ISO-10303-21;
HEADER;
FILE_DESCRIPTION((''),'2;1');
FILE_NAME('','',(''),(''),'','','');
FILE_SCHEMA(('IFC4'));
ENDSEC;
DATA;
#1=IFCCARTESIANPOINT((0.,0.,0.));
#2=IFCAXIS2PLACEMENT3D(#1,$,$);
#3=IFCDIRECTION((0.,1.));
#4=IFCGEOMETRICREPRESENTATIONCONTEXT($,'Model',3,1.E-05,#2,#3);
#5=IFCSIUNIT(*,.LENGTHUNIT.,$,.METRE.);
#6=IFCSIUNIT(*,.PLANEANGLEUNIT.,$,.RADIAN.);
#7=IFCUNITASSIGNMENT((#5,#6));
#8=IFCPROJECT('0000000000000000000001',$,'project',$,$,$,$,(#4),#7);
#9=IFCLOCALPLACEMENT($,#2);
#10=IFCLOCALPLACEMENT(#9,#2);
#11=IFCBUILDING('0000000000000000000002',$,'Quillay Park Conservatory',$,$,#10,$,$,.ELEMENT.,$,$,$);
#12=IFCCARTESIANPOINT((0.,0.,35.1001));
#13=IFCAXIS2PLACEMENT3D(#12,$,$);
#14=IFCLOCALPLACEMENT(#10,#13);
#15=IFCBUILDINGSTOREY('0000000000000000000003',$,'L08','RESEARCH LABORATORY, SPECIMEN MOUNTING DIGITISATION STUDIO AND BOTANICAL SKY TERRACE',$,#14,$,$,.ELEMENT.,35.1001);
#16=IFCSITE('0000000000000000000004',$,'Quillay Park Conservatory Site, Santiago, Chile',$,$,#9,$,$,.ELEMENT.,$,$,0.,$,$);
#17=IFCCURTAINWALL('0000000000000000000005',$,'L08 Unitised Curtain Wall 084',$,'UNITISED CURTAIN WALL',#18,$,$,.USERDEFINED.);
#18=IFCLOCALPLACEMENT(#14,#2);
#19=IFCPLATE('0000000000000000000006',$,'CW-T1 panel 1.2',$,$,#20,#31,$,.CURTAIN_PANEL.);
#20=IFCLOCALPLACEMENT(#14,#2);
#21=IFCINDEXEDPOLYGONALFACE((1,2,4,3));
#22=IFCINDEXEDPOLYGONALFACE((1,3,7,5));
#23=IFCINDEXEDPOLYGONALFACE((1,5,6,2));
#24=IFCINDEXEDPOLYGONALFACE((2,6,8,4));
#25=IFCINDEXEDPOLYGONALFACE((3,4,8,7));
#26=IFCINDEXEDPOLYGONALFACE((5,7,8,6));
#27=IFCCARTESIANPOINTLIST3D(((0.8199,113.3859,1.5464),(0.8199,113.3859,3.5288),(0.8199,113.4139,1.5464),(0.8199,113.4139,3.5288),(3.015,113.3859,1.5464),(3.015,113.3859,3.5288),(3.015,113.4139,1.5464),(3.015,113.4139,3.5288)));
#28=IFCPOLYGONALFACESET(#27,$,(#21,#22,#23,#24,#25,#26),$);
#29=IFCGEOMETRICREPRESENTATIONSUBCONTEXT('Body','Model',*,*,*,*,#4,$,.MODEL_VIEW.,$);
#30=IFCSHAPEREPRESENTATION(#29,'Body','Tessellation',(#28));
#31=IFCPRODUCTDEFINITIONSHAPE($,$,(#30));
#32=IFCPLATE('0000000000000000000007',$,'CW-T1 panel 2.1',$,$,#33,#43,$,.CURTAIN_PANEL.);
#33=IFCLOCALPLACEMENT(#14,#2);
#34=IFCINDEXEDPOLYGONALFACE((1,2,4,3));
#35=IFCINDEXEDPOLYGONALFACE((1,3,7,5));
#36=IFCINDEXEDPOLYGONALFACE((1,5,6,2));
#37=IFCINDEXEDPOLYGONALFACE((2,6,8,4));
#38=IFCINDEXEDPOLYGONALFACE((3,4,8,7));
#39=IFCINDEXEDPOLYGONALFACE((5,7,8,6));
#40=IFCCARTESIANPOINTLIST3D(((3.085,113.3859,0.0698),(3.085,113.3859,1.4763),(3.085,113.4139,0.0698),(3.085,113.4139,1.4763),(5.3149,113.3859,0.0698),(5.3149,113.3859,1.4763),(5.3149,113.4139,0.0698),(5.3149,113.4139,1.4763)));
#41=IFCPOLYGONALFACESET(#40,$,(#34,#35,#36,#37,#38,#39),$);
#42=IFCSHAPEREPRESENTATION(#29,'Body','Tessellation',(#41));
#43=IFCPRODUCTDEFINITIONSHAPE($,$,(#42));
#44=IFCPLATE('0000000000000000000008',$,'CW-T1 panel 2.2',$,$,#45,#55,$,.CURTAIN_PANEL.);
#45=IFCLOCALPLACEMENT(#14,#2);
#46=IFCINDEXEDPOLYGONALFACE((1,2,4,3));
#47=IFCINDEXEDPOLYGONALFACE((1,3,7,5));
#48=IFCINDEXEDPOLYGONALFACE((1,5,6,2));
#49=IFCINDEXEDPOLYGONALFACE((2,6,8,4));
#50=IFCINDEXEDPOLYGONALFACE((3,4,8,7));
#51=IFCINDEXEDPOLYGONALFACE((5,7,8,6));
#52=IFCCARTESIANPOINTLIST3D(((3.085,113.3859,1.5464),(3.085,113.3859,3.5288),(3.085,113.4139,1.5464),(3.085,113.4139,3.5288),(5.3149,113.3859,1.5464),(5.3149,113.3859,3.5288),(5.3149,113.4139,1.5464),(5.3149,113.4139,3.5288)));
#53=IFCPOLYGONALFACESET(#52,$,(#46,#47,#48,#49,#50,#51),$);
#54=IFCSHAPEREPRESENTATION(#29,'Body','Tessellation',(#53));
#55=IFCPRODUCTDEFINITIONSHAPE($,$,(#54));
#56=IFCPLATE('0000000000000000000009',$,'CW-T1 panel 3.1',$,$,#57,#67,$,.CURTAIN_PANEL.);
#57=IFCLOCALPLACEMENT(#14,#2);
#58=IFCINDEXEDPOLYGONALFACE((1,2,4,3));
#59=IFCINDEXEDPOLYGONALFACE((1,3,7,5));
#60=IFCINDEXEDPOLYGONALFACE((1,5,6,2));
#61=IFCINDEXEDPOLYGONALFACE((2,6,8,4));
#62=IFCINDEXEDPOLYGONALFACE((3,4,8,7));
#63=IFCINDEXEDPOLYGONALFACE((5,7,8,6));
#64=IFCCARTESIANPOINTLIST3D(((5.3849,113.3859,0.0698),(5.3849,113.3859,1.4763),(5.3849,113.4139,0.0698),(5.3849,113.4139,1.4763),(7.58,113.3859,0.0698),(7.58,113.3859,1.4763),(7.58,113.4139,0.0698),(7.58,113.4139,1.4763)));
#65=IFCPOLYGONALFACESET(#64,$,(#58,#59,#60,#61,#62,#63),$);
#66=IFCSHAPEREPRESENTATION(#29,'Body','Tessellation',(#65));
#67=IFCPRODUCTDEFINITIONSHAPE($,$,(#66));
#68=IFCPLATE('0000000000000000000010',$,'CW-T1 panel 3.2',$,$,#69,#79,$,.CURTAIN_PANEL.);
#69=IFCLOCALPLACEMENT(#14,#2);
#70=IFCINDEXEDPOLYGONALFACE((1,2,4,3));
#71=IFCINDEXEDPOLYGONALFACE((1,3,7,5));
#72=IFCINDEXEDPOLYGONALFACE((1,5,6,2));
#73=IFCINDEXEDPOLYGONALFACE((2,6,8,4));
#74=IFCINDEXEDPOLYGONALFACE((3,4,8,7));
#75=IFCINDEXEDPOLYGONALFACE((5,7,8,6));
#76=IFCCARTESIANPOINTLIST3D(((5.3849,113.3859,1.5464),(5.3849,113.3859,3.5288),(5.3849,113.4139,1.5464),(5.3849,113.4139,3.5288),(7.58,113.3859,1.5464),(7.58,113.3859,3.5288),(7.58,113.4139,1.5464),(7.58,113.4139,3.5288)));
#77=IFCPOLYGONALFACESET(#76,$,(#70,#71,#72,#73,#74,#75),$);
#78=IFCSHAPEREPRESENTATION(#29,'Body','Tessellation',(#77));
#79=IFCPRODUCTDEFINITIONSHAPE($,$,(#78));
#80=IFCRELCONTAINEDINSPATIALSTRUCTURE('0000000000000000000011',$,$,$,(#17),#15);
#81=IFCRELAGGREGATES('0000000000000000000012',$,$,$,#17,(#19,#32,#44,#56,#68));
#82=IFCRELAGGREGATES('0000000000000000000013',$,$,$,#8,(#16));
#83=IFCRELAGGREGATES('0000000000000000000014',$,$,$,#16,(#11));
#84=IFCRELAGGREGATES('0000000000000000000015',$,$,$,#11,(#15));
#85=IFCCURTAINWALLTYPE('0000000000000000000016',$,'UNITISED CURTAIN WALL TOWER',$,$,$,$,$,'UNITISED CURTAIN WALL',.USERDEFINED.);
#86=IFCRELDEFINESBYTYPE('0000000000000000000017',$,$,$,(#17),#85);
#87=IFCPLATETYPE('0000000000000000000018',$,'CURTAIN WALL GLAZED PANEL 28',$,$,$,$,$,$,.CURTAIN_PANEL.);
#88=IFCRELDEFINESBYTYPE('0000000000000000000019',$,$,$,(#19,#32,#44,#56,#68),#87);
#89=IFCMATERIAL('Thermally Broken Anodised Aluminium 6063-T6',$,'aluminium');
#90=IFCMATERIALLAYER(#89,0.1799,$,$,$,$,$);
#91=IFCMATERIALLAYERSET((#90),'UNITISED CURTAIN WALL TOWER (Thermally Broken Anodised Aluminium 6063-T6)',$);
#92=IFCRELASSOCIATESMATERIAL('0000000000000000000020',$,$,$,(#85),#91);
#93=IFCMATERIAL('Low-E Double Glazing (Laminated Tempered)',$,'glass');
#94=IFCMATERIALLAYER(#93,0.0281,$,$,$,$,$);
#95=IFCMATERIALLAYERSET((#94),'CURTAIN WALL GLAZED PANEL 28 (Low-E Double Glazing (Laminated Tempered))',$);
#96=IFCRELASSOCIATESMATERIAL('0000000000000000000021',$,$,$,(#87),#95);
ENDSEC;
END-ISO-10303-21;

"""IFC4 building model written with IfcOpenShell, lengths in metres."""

from ifc_helpers import new_model, si_unit, direction, frame, origin, origin_2d, place, context, subcontext, project, spatial, rectangle, extrude, material, layer, layer_set, type_object, element, aggregate, save


model = new_model("IFC4")

# Units and contexts
model_context = context("Model", 3, precision=1e-05, world=origin(), true_north=direction((0.0, 1.0)))
body_context = subcontext(model_context, "Body", "Model", "MODEL_VIEW")
ifc_project = project(units=[si_unit("LENGTHUNIT", "METRE"), si_unit("PLANEANGLEUNIT", "RADIAN")], contexts=[model_context])

# Site, building, storey
site_placement = place(None, origin())
site = spatial("IfcSite", under=ifc_project, at=site_placement, Name="Quillay Park Conservatory Site, Santiago, Chile", CompositionType="ELEMENT", RefElevation=0.0)
building_placement = place(site_placement, origin())
building = spatial("IfcBuilding", under=site, at=building_placement, Name="Quillay Park Conservatory", CompositionType="ELEMENT")
storey_placement = place(building_placement, frame((0.0, 0.0, 35.1001)))
storey = spatial("IfcBuildingStorey", under=building, at=storey_placement, Name="L08", Description="RESEARCH LABORATORY, SPECIMEN MOUNTING DIGITISATION STUDIO AND BOTANICAL SKY TERRACE", CompositionType="ELEMENT", Elevation=35.1001)

# Curtain wall
ifc_material_1 = material(Name="Thermally Broken Anodised Aluminium 6063-T6", Category="aluminium")
ifc_layer_1 = layer(ifc_material_1, 0.1799)
ifc_layer_set_1 = layer_set([ifc_layer_1], Name="UNITISED CURTAIN WALL TOWER (Thermally Broken Anodised Aluminium 6063-T6)")
curtain_wall_type = type_object("IfcCurtainWallType", Name="UNITISED CURTAIN WALL TOWER", ElementType="UNITISED CURTAIN WALL", PredefinedType="USERDEFINED", material=ifc_layer_set_1)
curtain_wall_1_placement = place(storey_placement, origin())
curtain_wall_1 = element("IfcCurtainWall", 1, at=curtain_wall_1_placement, inside=storey, type_object=curtain_wall_type, Name="L08 Unitised Curtain Wall 084", ObjectType="UNITISED CURTAIN WALL", PredefinedType="USERDEFINED")

# Plates
ifc_material_2 = material(Name="Low-E Double Glazing (Laminated Tempered)", Category="glass")
ifc_layer_2 = layer(ifc_material_2, 0.0281)
ifc_layer_set_2 = layer_set([ifc_layer_2], Name="CURTAIN WALL GLAZED PANEL 28 (Low-E Double Glazing (Laminated Tempered))")
plate_type = type_object("IfcPlateType", Name="CURTAIN WALL GLAZED PANEL 28", PredefinedType="CURTAIN_PANEL", material=ifc_layer_set_2)
plate_1_placement = place(storey_placement, frame((1.9175, 113.3999, 1.5464), z_axis=(0.0, 0.0, 1.0), x_axis=(1.0, 0.0, 0.0)))
plate_1 = element("IfcPlate", 2, at=plate_1_placement, type_object=plate_type, Name="CW-T1 panel 1.2", PredefinedType="CURTAIN_PANEL", context=body_context, shape_type="SweptSolid", body=[
    extrude(rectangle(XDim=2.1951, YDim=0.0281, at=origin_2d()), origin(), (0.0, 0.0, 1.0), 1.9824),
])
plate_2_placement = place(storey_placement, frame((4.2, 113.3999, 0.0698), z_axis=(0.0, 0.0, 1.0), x_axis=(1.0, 0.0, 0.0)))
plate_2 = element("IfcPlate", 3, at=plate_2_placement, type_object=plate_type, Name="CW-T1 panel 2.1", PredefinedType="CURTAIN_PANEL", context=body_context, shape_type="SweptSolid", body=[
    extrude(rectangle(XDim=2.23, YDim=0.0281, at=origin_2d()), origin(), (0.0, 0.0, 1.0), 1.4065),
])
plate_3_placement = place(storey_placement, frame((4.2, 113.3999, 1.5464), z_axis=(0.0, 0.0, 1.0), x_axis=(1.0, 0.0, 0.0)))
plate_3 = element("IfcPlate", 4, at=plate_3_placement, type_object=plate_type, Name="CW-T1 panel 2.2", PredefinedType="CURTAIN_PANEL", context=body_context, shape_type="SweptSolid", body=[
    extrude(rectangle(XDim=2.23, YDim=0.0281, at=origin_2d()), origin(), (0.0, 0.0, 1.0), 1.9824),
])
plate_4_placement = place(storey_placement, frame((6.4824, 113.3999, 0.0698), z_axis=(0.0, 0.0, 1.0), x_axis=(1.0, 0.0, 0.0)))
plate_4 = element("IfcPlate", 5, at=plate_4_placement, type_object=plate_type, Name="CW-T1 panel 3.1", PredefinedType="CURTAIN_PANEL", context=body_context, shape_type="SweptSolid", body=[
    extrude(rectangle(XDim=2.1951, YDim=0.0281, at=origin_2d()), origin(), (0.0, 0.0, 1.0), 1.4065),
])
plate_5_placement = place(storey_placement, frame((6.4824, 113.3999, 1.5464), z_axis=(0.0, 0.0, 1.0), x_axis=(1.0, 0.0, 0.0)))
plate_5 = element("IfcPlate", 6, at=plate_5_placement, type_object=plate_type, Name="CW-T1 panel 3.2", PredefinedType="CURTAIN_PANEL", context=body_context, shape_type="SweptSolid", body=[
    extrude(rectangle(XDim=2.1951, YDim=0.0281, at=origin_2d()), origin(), (0.0, 0.0, 1.0), 1.9824),
])
aggregate(curtain_wall_1, [plate_1, plate_2, plate_3, plate_4, plate_5])

save(model, "model.ifc")
